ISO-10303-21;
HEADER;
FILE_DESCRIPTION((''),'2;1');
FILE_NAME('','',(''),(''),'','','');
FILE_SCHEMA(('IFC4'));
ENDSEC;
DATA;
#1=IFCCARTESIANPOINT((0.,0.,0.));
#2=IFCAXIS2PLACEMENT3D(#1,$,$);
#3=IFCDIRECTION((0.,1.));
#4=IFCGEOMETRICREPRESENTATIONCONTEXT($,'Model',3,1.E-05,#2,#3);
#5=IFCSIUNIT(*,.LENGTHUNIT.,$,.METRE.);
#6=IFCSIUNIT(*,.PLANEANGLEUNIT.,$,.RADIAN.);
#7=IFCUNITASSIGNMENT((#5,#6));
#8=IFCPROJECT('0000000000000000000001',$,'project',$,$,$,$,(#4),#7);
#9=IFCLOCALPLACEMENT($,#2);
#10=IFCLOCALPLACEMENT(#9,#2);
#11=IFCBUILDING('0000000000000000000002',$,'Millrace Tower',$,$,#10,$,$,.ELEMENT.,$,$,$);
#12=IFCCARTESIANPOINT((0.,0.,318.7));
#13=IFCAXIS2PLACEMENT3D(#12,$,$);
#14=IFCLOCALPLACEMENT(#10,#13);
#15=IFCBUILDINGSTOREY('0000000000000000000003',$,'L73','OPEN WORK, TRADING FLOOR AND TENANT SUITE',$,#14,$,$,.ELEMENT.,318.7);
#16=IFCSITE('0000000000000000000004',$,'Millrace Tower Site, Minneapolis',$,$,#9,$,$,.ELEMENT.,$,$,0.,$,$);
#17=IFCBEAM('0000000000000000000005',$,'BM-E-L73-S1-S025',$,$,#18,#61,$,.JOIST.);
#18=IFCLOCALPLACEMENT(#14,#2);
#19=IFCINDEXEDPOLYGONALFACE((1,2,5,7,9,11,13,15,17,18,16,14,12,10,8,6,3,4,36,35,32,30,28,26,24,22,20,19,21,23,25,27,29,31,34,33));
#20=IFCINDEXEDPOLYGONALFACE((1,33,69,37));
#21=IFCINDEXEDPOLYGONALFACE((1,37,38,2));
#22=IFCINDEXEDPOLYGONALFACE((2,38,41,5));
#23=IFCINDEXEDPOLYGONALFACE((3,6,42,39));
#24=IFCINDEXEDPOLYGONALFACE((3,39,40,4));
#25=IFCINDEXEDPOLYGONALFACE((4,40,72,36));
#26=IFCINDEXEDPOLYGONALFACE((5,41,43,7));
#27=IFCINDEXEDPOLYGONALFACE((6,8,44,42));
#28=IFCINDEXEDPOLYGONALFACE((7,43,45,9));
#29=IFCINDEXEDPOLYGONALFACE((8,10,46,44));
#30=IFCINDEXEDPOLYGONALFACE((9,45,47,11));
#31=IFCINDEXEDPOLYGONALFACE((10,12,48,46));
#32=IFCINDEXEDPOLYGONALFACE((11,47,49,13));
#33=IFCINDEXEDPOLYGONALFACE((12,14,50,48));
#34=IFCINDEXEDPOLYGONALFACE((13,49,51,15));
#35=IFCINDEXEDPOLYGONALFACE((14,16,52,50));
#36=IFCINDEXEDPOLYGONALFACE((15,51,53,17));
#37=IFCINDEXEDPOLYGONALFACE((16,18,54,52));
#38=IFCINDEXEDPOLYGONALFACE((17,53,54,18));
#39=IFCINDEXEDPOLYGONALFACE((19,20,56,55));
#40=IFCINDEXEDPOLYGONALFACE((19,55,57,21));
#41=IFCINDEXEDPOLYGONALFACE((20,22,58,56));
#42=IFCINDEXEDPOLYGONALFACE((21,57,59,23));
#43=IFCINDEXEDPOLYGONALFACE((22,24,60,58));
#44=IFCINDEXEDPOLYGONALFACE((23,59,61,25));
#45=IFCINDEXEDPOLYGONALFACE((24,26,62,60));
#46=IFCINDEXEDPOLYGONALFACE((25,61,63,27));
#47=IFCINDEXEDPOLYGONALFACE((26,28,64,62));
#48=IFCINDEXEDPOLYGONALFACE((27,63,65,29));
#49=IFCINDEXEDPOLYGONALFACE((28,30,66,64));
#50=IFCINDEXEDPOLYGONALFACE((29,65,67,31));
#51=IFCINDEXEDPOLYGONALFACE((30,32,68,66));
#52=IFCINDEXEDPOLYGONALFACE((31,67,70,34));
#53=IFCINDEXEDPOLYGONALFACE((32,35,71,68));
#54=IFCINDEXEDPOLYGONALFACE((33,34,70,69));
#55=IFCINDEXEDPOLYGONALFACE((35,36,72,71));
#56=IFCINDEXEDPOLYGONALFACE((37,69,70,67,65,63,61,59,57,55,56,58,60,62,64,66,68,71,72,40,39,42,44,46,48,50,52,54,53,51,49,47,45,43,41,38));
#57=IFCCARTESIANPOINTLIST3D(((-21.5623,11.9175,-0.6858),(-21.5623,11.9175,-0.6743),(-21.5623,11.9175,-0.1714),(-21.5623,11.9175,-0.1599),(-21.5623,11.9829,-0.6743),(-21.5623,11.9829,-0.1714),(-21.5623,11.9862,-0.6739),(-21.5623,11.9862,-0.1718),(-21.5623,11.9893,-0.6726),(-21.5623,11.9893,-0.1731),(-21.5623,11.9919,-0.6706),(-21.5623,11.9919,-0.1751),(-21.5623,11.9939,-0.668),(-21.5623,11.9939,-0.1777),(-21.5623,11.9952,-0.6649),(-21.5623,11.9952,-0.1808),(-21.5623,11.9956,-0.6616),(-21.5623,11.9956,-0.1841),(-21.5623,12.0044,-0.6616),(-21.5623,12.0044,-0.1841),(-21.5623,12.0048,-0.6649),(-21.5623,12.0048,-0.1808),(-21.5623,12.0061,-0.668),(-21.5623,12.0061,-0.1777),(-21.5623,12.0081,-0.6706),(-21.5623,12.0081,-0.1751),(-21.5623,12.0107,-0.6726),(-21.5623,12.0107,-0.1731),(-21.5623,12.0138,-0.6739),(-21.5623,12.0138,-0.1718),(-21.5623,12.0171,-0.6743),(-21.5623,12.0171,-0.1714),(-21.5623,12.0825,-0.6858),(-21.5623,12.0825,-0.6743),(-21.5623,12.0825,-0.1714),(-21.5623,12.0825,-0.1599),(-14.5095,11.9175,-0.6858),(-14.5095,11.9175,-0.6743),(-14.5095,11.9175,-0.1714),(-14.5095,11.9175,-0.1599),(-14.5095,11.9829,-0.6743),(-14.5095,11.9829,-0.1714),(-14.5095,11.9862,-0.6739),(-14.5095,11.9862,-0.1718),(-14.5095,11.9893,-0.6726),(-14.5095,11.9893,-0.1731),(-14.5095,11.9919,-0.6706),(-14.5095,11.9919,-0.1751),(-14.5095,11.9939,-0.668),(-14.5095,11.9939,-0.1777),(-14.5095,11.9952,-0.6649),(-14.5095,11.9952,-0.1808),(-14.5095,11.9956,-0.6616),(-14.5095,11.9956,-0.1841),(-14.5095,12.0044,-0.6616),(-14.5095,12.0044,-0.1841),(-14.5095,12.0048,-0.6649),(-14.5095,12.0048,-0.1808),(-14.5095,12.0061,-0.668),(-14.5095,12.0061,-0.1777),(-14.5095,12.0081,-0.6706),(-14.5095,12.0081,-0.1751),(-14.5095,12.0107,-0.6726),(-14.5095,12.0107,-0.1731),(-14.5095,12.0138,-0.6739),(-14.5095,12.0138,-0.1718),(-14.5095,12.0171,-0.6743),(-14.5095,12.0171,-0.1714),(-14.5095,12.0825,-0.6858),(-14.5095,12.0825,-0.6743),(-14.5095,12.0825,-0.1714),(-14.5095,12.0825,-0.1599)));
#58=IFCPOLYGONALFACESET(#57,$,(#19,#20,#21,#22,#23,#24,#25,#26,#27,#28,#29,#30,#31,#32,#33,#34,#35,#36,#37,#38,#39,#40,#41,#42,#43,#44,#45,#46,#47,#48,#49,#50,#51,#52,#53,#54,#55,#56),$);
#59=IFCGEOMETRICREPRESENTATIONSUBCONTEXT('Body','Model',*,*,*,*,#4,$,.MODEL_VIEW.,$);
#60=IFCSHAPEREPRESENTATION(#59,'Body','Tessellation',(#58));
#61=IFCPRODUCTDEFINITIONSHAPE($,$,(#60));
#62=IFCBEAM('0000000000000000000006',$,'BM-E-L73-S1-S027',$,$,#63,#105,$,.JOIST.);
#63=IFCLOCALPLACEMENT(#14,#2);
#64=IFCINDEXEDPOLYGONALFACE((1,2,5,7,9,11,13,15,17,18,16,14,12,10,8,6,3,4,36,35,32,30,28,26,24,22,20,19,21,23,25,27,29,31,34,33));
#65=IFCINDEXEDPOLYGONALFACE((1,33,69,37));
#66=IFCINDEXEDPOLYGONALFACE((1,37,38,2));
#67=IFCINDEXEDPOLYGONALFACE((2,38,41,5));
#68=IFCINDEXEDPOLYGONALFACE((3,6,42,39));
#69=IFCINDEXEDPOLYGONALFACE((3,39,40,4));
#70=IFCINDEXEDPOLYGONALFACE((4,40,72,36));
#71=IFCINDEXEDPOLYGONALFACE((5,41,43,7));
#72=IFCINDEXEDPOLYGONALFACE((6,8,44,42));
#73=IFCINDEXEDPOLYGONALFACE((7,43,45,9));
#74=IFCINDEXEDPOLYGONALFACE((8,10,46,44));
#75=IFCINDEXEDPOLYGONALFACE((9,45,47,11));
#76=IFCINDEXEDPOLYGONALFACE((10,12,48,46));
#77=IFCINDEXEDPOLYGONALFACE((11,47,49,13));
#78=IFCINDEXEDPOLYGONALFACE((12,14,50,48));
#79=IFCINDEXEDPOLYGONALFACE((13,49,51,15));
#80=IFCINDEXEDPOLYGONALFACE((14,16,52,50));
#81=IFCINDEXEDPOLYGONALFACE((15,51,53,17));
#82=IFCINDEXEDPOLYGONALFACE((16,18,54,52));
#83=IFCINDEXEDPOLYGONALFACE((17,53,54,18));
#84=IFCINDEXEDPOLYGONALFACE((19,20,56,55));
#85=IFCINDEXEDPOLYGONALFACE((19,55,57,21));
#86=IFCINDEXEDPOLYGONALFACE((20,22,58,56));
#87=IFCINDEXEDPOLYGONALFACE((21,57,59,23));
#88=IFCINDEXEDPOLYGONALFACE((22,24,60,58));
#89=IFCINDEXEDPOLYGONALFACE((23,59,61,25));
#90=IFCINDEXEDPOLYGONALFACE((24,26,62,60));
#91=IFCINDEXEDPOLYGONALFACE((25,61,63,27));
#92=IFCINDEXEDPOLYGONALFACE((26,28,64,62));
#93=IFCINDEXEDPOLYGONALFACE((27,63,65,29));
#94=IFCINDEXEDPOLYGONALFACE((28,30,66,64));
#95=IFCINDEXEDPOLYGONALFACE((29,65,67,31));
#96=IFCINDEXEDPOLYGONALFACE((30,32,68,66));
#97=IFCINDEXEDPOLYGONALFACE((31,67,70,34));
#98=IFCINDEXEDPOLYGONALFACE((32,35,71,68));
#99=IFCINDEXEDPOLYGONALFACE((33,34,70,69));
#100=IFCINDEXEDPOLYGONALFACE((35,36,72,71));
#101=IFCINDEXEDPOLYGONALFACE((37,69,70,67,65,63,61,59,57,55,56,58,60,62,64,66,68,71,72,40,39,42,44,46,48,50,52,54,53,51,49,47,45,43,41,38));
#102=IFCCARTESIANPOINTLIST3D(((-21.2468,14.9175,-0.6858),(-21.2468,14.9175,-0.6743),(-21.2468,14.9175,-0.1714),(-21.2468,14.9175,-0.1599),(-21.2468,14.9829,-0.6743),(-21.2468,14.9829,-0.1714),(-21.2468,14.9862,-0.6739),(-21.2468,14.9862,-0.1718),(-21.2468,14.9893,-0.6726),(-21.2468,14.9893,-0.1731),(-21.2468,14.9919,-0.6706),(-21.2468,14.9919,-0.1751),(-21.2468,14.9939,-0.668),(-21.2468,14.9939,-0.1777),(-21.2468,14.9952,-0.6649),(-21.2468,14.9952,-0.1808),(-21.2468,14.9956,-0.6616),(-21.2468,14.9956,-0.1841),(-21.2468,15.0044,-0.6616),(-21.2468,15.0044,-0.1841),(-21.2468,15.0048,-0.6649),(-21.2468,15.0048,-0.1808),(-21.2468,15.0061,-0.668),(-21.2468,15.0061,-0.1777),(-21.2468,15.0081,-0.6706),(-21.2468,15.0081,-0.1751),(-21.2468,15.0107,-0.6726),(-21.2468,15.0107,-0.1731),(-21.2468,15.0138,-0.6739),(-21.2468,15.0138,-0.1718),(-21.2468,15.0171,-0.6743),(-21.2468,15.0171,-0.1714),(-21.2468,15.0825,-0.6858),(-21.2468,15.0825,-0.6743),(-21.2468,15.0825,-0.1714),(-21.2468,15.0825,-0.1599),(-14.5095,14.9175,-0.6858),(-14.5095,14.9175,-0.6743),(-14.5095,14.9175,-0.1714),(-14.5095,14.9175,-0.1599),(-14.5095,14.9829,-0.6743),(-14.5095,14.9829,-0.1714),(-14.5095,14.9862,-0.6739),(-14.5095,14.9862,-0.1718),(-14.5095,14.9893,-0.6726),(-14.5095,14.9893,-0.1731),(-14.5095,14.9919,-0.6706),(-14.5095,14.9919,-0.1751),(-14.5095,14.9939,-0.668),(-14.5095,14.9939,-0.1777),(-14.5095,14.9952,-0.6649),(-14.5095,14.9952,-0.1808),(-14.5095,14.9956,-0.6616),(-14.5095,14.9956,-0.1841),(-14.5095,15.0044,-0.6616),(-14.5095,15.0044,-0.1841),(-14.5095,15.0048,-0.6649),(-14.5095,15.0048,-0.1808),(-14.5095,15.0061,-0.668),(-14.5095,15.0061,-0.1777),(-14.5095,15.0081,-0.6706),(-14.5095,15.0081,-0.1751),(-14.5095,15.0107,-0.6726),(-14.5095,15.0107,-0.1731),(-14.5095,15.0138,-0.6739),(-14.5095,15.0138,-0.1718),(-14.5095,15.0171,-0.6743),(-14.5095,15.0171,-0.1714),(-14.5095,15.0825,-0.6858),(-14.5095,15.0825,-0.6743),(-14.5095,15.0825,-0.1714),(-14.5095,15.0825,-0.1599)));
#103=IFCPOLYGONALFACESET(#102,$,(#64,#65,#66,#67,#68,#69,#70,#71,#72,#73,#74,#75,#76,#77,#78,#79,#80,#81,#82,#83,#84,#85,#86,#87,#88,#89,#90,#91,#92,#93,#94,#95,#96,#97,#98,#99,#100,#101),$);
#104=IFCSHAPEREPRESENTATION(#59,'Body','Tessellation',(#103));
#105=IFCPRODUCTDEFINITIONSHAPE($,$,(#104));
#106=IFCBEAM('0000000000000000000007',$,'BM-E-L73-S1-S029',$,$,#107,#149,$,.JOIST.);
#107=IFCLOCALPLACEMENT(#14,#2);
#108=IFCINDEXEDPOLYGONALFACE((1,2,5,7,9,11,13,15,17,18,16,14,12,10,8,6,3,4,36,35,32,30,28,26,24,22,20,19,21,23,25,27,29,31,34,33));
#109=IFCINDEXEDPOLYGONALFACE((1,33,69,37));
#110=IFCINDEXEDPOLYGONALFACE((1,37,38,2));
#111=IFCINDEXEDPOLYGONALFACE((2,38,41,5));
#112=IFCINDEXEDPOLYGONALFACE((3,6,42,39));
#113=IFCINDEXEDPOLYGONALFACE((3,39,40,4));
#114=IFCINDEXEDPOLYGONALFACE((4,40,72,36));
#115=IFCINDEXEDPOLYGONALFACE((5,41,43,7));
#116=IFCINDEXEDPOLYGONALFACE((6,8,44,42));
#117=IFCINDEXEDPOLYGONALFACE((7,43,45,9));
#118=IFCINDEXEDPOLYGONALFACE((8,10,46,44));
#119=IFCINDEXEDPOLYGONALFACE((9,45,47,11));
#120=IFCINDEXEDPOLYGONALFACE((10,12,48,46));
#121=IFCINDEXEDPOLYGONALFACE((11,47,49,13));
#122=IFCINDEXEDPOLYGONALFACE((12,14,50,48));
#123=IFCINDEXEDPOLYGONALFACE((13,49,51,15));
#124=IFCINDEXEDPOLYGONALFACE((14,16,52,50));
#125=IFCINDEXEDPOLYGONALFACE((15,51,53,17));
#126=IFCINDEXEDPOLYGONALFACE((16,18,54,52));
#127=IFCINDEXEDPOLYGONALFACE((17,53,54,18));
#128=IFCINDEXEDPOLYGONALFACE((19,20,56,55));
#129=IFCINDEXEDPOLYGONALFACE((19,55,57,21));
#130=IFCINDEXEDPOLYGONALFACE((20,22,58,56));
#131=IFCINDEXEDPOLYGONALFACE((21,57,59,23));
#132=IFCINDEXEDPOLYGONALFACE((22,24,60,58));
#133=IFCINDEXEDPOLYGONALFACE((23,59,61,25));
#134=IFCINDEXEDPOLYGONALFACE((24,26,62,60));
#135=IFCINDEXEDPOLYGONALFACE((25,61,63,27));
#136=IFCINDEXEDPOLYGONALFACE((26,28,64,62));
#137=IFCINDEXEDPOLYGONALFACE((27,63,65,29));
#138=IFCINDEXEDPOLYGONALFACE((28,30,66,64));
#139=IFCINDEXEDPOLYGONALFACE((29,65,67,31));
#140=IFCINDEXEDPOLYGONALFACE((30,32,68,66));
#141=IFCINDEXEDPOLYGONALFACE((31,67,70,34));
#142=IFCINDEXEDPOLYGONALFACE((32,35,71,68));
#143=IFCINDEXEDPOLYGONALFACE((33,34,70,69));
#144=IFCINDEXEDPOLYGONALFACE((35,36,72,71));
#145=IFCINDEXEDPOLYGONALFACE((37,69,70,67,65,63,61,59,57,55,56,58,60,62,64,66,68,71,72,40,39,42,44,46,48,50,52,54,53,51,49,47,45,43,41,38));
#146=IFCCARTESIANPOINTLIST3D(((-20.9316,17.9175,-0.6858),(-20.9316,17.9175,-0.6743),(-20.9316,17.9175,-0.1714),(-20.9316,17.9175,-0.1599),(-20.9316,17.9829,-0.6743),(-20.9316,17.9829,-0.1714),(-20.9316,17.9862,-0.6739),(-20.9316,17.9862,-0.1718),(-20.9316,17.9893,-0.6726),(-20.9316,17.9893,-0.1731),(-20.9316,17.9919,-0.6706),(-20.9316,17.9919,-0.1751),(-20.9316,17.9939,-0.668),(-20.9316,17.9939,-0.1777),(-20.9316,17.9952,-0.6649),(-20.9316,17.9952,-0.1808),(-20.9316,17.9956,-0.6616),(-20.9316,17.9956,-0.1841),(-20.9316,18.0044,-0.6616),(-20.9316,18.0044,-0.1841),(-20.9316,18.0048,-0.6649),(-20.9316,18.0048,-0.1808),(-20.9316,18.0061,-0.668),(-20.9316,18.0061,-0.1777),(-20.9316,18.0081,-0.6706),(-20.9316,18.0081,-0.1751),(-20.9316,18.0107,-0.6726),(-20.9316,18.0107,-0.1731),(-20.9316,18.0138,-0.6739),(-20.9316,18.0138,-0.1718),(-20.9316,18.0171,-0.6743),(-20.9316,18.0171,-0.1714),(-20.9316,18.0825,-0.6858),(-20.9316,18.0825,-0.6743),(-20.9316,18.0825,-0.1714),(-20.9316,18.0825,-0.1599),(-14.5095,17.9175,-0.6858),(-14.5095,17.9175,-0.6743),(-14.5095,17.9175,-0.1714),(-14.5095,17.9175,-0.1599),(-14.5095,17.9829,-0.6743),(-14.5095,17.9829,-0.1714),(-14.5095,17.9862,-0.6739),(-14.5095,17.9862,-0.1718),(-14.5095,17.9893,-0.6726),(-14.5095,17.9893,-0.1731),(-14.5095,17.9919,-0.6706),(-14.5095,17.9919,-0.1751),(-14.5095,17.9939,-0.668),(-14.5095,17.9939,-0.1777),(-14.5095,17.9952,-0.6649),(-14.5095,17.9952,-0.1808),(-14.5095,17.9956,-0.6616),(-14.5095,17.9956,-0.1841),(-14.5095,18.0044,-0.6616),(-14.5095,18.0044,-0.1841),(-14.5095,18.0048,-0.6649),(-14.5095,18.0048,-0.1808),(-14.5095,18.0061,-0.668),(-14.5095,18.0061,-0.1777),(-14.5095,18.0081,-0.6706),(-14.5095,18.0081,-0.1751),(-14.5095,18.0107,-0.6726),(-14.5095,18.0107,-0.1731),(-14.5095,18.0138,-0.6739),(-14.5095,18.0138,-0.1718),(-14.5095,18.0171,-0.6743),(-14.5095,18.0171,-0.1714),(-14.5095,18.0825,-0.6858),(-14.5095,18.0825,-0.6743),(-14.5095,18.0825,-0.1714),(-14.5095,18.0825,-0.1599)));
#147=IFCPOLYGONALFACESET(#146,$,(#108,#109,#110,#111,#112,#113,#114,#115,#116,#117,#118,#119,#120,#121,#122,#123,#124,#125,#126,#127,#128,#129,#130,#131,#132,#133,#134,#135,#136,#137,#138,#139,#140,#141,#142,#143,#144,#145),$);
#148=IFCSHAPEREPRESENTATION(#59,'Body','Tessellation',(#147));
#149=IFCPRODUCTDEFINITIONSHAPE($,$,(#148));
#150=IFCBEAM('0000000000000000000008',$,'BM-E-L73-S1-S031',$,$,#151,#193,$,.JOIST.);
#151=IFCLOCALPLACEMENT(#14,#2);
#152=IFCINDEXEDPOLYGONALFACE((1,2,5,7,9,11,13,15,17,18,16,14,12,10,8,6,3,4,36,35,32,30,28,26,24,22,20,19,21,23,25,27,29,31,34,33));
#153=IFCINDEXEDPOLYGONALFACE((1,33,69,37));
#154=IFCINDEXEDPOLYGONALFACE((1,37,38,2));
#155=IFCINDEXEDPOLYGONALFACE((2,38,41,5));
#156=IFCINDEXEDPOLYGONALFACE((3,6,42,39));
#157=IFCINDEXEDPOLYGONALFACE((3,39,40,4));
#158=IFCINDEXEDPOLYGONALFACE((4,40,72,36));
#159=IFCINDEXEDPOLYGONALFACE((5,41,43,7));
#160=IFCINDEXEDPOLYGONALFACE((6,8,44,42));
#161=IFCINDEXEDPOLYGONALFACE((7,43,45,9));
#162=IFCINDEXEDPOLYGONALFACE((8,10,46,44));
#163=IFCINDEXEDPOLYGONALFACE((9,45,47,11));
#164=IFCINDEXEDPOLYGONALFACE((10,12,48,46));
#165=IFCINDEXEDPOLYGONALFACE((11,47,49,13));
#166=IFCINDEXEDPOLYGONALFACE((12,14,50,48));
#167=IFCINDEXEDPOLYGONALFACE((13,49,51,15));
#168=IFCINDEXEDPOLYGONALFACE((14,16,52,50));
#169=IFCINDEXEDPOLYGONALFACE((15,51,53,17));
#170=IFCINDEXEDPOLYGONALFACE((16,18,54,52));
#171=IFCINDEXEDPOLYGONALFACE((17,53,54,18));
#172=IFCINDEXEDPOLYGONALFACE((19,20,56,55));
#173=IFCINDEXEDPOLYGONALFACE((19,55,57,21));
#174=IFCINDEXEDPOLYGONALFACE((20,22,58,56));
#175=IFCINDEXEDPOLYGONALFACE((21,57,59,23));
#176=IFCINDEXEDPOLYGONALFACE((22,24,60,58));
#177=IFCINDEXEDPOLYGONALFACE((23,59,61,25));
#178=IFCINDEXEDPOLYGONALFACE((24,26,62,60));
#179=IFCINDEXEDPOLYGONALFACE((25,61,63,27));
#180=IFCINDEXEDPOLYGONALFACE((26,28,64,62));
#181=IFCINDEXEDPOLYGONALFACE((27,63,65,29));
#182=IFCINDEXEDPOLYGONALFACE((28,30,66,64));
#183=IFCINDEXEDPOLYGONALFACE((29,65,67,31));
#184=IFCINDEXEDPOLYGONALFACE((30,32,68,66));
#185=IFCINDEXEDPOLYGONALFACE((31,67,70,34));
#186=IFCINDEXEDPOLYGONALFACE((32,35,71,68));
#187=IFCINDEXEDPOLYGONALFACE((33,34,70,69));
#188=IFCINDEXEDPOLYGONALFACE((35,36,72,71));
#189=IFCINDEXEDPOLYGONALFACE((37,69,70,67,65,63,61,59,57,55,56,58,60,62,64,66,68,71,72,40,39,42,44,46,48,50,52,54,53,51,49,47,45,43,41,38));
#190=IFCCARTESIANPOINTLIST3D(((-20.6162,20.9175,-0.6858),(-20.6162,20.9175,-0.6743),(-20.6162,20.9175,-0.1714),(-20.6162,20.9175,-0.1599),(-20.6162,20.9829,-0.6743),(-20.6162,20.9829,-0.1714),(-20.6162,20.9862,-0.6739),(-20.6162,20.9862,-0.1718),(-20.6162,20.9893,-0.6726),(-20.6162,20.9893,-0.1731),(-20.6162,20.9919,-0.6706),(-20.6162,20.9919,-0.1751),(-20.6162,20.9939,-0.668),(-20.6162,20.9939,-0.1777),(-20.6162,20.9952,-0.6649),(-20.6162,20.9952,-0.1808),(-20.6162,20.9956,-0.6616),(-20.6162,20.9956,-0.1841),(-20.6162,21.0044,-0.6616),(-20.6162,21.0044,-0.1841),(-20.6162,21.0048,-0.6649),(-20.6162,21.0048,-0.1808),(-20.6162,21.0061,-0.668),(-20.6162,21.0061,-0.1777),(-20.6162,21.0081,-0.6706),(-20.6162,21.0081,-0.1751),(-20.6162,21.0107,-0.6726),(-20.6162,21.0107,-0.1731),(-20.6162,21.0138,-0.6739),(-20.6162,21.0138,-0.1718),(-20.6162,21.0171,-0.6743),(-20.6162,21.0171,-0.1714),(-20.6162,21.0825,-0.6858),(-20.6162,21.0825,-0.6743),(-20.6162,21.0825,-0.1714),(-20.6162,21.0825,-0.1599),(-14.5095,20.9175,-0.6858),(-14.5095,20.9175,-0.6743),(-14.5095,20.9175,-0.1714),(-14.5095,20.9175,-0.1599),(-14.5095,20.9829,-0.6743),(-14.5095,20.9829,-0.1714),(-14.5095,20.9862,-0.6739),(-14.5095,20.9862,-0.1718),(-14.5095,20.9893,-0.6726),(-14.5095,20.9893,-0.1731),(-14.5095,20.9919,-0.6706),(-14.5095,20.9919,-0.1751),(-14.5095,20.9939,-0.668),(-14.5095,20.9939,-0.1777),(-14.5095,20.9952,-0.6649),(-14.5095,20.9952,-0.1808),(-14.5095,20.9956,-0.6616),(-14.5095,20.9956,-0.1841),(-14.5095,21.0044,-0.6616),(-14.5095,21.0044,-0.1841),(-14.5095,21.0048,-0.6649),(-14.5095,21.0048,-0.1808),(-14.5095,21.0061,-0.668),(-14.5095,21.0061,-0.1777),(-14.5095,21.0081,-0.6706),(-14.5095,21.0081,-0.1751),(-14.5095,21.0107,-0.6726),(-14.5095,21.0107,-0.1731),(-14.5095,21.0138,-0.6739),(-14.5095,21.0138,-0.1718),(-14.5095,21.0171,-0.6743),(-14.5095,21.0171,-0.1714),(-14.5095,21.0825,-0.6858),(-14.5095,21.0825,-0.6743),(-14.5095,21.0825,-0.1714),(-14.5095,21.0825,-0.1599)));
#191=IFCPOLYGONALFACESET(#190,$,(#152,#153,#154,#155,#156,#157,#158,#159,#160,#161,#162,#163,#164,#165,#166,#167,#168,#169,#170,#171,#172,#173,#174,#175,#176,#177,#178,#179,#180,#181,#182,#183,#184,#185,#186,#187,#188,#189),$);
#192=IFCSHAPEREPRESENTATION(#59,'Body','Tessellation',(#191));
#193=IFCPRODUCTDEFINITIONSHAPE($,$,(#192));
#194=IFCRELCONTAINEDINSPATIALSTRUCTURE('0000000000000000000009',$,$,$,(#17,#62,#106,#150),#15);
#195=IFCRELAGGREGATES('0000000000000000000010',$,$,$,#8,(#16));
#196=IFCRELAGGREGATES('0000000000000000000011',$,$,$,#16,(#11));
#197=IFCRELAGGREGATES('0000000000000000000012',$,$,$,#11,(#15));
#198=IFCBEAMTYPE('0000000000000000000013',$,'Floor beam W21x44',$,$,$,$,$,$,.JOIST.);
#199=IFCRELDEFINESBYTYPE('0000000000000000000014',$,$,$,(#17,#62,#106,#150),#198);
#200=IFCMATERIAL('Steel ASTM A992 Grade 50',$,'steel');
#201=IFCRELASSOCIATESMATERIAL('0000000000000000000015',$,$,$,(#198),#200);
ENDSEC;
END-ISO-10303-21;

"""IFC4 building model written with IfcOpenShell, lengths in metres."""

from ifc_helpers import new_model, si_unit, direction, frame, origin, origin_2d, place, context, subcontext, project, spatial, i_section, extrude, material, material_profile, profile_set, type_object, element, save


model = new_model("IFC4")

# Units and contexts
model_context = context("Model", 3, precision=1e-05, world=origin(), true_north=direction((0.0, 1.0)))
body_context = subcontext(model_context, "Body", "Model", "MODEL_VIEW")
ifc_project = project(units=[si_unit("LENGTHUNIT", "METRE"), si_unit("PLANEANGLEUNIT", "RADIAN")], contexts=[model_context])

# Site, building, storey
site_placement = place(None, origin())
site = spatial("IfcSite", under=ifc_project, at=site_placement, Name="Millrace Tower Site, Minneapolis", CompositionType="ELEMENT", RefElevation=0.0)
building_placement = place(site_placement, origin())
building = spatial("IfcBuilding", under=site, at=building_placement, Name="Millrace Tower", CompositionType="ELEMENT")
storey_placement = place(building_placement, frame((0.0, 0.0, 318.7)))
storey = spatial("IfcBuildingStorey", under=building, at=storey_placement, Name="L73", Description="OPEN WORK, TRADING FLOOR AND TENANT SUITE", CompositionType="ELEMENT", Elevation=318.7)

# Beams
ifc_material_1 = material(Name="Steel ASTM A992 Grade 50", Category="steel")
ifc_material_profile_1 = material_profile(ifc_material_1, i_section(OverallWidth=0.165, OverallDepth=0.5259, WebThickness=0.0088, FlangeThickness=0.0115, FilletRadius=0.0127, at=origin_2d()))
ifc_profile_set_1 = profile_set([ifc_material_profile_1], Name="Steel ASTM A992 Grade 50")
beam_type_1 = type_object("IfcBeamType", Name="Floor beam W21x44", PredefinedType="JOIST", material=ifc_profile_set_1)
beam_1_placement = place(storey_placement, frame((-21.5623, 12.0, -0.4229), z_axis=(1.0, 0.0, 0.0), x_axis=(0.0, 1.0, 0.0)))
element("IfcBeam", 1, at=beam_1_placement, inside=storey, type_object=beam_type_1, Name="BM-E-L73-S1-S025", PredefinedType="JOIST", context=body_context, shape_type="SweptSolid", body=[
    extrude(i_section(OverallWidth=0.165, OverallDepth=0.5259, WebThickness=0.0088, FlangeThickness=0.0115, FilletRadius=0.0127, at=origin_2d()), origin(), (0.0, 0.0, 1.0), 7.0527),
])
beam_2_placement = place(storey_placement, frame((-21.2468, 15.0, -0.4229), z_axis=(1.0, 0.0, 0.0), x_axis=(0.0, 1.0, 0.0)))
element("IfcBeam", 2, at=beam_2_placement, inside=storey, type_object=beam_type_1, Name="BM-E-L73-S1-S027", PredefinedType="JOIST", context=body_context, shape_type="SweptSolid", body=[
    extrude(i_section(OverallWidth=0.165, OverallDepth=0.5259, WebThickness=0.0088, FlangeThickness=0.0115, FilletRadius=0.0127, at=origin_2d()), origin(), (0.0, 0.0, 1.0), 6.7373),
])
beam_3_placement = place(storey_placement, frame((-20.9316, 18.0, -0.4229), z_axis=(1.0, 0.0, 0.0), x_axis=(0.0, 1.0, 0.0)))
element("IfcBeam", 3, at=beam_3_placement, inside=storey, type_object=beam_type_1, Name="BM-E-L73-S1-S029", PredefinedType="JOIST", context=body_context, shape_type="SweptSolid", body=[
    extrude(i_section(OverallWidth=0.165, OverallDepth=0.5259, WebThickness=0.0088, FlangeThickness=0.0115, FilletRadius=0.0127, at=origin_2d()), origin(), (0.0, 0.0, 1.0), 6.4221),
])
beam_4_placement = place(storey_placement, frame((-20.6162, 21.0, -0.4229), z_axis=(1.0, 0.0, 0.0), x_axis=(0.0, 1.0, 0.0)))
element("IfcBeam", 4, at=beam_4_placement, inside=storey, type_object=beam_type_1, Name="BM-E-L73-S1-S031", PredefinedType="JOIST", context=body_context, shape_type="SweptSolid", body=[
    extrude(i_section(OverallWidth=0.165, OverallDepth=0.5259, WebThickness=0.0088, FlangeThickness=0.0115, FilletRadius=0.0127, at=origin_2d()), origin(), (0.0, 0.0, 1.0), 6.1067),
])

save(model, "model.ifc")
